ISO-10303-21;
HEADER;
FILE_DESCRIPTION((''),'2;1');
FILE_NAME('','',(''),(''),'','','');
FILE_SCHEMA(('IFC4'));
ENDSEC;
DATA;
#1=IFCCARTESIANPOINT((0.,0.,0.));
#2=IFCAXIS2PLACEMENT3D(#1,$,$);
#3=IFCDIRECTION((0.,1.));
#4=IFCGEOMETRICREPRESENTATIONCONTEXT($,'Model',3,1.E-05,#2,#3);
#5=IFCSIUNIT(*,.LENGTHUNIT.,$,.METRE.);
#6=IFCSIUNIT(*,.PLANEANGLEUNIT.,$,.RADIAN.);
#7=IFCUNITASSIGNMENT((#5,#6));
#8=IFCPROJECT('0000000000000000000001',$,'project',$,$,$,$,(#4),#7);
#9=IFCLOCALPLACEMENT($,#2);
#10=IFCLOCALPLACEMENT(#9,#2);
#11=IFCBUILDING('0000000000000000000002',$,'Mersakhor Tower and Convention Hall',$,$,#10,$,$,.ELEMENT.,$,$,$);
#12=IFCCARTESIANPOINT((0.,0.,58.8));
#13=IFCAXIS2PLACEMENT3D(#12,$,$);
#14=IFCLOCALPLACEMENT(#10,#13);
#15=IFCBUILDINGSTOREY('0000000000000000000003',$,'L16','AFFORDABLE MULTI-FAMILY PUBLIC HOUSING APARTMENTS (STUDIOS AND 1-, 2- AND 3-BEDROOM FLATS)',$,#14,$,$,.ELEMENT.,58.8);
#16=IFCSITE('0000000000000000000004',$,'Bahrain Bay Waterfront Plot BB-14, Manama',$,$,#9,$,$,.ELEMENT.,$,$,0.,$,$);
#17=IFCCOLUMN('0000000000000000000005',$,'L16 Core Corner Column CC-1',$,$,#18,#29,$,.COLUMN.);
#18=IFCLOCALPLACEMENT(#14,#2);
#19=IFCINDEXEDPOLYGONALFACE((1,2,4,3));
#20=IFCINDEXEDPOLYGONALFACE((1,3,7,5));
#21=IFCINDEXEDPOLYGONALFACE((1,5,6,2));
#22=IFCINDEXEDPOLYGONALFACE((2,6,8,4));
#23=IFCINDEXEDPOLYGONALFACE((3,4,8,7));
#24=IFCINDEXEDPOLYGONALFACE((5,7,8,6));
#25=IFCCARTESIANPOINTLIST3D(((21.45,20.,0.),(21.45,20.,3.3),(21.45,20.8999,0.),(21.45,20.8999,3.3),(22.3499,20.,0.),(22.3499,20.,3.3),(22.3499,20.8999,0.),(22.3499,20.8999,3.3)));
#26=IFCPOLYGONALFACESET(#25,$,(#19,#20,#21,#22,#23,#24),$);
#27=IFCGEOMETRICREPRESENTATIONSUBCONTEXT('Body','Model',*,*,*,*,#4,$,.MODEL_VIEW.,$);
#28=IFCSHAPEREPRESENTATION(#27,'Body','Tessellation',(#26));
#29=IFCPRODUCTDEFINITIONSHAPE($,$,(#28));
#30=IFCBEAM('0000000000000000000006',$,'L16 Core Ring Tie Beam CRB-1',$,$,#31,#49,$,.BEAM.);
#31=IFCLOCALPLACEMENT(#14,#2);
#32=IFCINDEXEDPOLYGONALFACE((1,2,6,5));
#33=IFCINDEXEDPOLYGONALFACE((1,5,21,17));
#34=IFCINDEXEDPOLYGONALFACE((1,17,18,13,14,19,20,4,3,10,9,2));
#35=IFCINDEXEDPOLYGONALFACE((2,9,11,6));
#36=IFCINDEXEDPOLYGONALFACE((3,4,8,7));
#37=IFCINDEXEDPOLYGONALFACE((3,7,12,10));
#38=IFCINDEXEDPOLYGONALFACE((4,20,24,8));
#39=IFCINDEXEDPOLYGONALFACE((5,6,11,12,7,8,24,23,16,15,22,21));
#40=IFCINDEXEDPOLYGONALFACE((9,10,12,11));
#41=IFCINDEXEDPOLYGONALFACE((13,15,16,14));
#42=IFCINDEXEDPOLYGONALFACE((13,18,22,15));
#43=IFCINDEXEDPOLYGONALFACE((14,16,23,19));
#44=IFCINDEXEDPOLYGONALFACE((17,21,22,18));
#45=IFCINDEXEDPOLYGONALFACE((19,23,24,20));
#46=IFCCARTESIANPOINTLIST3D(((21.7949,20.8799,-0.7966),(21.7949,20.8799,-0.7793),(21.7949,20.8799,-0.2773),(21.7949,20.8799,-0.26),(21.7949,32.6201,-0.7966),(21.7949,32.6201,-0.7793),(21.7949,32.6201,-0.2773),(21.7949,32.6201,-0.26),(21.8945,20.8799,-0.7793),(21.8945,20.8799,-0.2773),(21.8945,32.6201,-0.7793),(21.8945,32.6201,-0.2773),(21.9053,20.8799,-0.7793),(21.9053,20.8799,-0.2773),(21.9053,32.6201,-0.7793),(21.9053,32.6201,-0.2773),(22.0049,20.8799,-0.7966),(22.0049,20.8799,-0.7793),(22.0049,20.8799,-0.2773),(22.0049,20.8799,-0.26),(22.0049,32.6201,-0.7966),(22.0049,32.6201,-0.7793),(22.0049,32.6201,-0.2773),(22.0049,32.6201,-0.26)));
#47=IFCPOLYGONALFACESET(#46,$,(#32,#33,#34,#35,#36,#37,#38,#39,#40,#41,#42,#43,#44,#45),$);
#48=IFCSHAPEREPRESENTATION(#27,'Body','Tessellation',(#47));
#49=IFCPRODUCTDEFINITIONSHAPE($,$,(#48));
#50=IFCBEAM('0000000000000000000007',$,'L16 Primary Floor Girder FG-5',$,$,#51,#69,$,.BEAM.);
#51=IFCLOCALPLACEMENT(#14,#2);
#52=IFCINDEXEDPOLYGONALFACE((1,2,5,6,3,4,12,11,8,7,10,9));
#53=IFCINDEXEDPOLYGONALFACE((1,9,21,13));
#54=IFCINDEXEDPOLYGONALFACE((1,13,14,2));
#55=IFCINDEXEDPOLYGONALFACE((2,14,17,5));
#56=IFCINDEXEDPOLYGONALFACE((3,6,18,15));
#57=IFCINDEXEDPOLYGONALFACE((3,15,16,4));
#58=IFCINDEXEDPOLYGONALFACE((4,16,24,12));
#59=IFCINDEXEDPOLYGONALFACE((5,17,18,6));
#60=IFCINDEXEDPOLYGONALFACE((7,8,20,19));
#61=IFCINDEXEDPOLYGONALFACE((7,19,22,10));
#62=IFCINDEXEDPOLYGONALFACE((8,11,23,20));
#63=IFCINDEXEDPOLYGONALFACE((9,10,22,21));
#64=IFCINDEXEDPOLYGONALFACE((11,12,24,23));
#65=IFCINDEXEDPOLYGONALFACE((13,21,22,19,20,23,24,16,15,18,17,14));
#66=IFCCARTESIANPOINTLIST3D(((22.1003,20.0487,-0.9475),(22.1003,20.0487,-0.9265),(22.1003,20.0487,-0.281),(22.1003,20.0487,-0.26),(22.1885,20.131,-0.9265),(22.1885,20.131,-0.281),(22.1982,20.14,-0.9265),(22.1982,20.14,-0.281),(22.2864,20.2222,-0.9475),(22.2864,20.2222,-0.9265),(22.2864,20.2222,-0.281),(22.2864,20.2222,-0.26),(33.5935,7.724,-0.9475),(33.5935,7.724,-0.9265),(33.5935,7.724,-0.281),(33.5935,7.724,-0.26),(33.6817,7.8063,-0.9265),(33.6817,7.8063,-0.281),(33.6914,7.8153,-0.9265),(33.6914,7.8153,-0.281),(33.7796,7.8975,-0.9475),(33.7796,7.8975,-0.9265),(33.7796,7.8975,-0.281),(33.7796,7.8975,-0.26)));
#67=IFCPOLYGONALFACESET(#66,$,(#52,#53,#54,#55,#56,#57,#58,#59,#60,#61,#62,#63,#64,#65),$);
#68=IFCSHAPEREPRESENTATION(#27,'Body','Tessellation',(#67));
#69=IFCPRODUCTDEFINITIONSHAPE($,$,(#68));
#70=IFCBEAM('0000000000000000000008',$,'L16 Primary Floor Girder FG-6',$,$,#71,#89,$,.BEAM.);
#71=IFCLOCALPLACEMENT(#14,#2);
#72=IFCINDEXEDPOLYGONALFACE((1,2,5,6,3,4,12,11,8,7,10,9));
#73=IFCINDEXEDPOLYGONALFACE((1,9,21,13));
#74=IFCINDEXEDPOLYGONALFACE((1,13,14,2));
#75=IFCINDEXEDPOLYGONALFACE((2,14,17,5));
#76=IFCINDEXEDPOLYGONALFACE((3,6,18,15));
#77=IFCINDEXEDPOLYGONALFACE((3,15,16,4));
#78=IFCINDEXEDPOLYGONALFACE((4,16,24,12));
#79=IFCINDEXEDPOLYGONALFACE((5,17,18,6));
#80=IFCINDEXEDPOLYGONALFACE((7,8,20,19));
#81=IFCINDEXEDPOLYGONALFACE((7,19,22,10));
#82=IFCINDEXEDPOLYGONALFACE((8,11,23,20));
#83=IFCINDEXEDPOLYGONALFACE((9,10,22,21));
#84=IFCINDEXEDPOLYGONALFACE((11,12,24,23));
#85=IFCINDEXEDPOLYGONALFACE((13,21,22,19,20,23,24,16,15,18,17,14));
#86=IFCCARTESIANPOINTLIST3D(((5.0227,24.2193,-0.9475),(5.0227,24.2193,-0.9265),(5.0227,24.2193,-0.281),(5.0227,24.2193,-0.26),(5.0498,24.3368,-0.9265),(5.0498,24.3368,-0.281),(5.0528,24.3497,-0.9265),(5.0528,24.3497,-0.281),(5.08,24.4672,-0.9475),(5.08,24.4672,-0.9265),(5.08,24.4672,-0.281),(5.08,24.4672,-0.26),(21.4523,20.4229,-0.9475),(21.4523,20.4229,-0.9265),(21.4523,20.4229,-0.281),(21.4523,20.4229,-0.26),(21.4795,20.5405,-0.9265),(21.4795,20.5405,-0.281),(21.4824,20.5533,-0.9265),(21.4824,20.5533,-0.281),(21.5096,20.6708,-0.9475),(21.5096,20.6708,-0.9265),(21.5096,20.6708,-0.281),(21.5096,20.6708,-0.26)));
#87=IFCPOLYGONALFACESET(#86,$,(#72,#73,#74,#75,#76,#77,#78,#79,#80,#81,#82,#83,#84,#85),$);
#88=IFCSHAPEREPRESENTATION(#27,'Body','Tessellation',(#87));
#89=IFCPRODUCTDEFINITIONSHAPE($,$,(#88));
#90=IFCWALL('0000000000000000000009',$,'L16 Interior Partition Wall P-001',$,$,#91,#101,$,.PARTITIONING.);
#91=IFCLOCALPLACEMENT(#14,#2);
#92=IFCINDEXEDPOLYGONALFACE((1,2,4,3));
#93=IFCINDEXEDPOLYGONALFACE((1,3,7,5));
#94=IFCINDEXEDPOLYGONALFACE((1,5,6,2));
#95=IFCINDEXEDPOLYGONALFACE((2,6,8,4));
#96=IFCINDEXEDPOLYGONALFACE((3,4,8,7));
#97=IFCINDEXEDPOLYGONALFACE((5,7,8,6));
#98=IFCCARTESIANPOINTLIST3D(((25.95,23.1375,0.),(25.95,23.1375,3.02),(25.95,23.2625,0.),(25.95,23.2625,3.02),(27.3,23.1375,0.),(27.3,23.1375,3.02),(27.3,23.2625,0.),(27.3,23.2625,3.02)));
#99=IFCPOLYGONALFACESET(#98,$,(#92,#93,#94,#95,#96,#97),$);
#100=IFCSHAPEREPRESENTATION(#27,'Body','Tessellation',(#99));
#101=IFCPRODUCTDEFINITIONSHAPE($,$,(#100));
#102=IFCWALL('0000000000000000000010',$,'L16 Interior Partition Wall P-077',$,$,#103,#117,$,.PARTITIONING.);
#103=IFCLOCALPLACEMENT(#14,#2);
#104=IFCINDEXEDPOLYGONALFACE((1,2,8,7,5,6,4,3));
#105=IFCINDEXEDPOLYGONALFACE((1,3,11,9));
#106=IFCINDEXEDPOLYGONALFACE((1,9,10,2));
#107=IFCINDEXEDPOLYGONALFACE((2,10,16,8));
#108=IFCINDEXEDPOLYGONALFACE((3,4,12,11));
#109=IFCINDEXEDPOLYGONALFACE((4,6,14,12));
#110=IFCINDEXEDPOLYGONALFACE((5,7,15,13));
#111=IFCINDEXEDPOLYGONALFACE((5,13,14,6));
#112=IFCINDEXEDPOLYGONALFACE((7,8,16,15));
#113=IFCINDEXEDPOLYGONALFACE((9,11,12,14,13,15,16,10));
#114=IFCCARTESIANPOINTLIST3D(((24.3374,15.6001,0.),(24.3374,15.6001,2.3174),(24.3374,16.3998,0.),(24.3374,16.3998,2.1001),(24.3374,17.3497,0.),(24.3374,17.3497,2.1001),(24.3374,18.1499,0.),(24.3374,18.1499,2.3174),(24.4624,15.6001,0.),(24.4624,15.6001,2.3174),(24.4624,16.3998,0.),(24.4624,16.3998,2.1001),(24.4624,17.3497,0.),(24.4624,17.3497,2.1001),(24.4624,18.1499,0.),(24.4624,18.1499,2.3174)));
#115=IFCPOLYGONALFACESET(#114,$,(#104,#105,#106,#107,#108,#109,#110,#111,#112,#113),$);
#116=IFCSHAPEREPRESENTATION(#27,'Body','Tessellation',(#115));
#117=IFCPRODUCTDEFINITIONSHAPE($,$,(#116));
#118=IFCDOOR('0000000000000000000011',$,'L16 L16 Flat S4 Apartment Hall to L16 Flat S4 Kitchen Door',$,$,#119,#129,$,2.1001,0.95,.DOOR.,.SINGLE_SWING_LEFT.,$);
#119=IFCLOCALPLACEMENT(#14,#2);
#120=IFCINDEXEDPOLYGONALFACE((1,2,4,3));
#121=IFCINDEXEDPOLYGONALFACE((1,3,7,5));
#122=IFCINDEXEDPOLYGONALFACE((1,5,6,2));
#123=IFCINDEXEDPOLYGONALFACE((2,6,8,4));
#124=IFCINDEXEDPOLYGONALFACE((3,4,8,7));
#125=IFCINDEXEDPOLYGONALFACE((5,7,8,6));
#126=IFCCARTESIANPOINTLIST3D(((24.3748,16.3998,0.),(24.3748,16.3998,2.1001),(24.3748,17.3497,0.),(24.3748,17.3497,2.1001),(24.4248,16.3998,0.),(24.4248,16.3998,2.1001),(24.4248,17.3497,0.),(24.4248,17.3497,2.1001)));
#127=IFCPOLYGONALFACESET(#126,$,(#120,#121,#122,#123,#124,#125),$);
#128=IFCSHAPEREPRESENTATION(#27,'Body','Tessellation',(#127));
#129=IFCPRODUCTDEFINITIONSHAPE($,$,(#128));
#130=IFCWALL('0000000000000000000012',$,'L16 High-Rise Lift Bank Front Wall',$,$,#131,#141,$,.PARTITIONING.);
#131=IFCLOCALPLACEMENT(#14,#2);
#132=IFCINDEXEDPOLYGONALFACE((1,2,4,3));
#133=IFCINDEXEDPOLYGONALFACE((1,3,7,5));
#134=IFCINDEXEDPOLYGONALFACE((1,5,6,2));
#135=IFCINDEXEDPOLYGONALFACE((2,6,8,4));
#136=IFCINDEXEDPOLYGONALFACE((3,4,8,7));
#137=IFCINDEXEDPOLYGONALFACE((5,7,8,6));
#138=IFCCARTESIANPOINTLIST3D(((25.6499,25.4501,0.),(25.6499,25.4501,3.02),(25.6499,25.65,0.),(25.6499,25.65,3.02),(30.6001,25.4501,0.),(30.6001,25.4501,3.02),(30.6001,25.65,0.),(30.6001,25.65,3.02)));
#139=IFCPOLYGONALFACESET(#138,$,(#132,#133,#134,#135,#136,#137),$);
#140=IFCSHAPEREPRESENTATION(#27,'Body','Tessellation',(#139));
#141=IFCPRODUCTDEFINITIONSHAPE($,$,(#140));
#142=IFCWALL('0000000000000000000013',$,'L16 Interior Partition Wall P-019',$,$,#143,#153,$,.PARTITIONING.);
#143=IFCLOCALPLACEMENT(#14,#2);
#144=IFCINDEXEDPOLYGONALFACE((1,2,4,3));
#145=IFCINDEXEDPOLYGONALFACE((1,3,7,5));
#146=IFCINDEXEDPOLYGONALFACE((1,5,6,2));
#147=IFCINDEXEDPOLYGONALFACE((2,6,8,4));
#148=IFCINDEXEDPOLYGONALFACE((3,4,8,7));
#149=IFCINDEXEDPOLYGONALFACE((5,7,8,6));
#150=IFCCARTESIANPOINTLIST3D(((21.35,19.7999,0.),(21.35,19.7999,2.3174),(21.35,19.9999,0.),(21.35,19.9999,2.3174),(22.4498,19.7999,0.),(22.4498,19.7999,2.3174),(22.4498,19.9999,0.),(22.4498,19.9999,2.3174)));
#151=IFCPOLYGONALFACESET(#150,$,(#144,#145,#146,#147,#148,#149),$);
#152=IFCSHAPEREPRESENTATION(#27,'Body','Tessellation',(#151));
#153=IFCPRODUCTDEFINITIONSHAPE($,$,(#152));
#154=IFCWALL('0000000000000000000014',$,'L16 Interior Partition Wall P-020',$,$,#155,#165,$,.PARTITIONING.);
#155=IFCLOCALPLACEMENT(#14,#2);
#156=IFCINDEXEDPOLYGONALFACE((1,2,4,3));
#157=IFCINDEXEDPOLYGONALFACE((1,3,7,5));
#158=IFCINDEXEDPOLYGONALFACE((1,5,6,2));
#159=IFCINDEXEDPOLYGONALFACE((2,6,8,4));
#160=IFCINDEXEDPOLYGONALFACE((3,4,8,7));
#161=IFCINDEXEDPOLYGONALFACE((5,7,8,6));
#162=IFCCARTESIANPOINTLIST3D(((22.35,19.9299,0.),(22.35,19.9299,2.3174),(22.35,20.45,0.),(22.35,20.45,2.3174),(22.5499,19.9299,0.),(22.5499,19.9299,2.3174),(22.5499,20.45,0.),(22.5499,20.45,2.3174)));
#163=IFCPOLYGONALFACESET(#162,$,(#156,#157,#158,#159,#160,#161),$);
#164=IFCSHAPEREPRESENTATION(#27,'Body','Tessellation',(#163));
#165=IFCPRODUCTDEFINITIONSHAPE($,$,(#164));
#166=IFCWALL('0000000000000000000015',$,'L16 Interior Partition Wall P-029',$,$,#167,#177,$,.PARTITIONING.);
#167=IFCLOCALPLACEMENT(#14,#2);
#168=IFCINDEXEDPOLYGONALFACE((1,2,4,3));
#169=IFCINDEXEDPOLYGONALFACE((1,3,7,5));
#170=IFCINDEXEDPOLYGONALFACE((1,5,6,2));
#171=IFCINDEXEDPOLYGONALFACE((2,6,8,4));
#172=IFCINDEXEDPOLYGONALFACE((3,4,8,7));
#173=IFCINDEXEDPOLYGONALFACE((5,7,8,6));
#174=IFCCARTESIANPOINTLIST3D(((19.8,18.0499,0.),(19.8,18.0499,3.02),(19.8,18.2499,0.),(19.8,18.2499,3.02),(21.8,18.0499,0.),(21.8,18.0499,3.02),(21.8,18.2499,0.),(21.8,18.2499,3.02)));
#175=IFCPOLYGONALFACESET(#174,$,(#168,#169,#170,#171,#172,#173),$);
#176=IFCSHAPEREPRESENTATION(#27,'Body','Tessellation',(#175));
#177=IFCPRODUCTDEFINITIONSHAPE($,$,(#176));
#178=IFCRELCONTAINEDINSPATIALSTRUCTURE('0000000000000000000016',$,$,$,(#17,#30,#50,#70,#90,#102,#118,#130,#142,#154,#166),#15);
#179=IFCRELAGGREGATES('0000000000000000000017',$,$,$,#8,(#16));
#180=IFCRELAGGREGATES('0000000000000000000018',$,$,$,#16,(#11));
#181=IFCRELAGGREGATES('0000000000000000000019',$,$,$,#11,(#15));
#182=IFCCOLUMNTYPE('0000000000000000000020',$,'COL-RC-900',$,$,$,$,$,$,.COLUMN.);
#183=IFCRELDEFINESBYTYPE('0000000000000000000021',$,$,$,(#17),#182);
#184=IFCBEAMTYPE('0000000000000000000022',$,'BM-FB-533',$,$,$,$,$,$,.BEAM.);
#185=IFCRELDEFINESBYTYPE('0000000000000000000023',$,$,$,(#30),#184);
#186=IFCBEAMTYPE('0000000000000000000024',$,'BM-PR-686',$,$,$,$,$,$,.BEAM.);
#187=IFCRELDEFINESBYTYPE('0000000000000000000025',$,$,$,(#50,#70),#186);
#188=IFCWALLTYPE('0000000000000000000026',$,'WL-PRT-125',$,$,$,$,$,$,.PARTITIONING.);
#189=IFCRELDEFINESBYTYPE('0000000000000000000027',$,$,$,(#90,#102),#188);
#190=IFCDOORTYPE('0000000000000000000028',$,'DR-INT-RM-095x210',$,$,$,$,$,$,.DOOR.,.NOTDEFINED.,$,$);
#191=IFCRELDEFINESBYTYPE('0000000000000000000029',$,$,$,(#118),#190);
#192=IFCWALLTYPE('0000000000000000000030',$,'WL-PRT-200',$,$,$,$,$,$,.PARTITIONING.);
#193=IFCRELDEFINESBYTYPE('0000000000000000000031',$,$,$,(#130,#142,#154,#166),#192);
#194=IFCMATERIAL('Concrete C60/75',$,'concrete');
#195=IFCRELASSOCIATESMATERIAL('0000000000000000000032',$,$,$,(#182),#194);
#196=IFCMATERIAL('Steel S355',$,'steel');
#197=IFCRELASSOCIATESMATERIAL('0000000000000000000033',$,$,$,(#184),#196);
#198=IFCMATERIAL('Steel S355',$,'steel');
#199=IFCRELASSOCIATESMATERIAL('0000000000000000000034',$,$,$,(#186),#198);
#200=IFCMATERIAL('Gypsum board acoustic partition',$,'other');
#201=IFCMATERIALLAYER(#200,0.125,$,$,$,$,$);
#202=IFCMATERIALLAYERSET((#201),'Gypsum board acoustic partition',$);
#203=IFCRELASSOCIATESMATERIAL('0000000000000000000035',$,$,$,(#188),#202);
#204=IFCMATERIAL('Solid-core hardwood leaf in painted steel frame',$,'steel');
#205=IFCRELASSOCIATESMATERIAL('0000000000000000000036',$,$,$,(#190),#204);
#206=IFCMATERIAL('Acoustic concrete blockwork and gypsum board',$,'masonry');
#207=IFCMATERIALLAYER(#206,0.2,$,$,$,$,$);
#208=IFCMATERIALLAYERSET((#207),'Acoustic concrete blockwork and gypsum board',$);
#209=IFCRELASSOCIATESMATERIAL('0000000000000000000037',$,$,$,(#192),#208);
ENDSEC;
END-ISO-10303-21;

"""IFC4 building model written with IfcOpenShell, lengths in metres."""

from ifc_helpers import new_model, si_unit, direction, frame, frame_2d, origin, origin_2d, place, context, subcontext, project, spatial, rectangle, i_section, extrude, material, layer, layer_set, material_profile, profile_set, type_object, element, fill, save


model = new_model("IFC4")

# Units and contexts
model_context = context("Model", 3, precision=1e-05, world=origin(), true_north=direction((0.0, 1.0)))
body_context = subcontext(model_context, "Body", "Model", "MODEL_VIEW")
ifc_project = project(units=[si_unit("LENGTHUNIT", "METRE"), si_unit("PLANEANGLEUNIT", "RADIAN")], contexts=[model_context])

# Site, building, storey
site_placement = place(None, origin())
site = spatial("IfcSite", under=ifc_project, at=site_placement, Name="Bahrain Bay Waterfront Plot BB-14, Manama", CompositionType="ELEMENT", RefElevation=0.0)
building_placement = place(site_placement, origin())
building = spatial("IfcBuilding", under=site, at=building_placement, Name="Mersakhor Tower and Convention Hall", CompositionType="ELEMENT")
storey_placement = place(building_placement, frame((0.0, 0.0, 58.8)))
storey = spatial("IfcBuildingStorey", under=building, at=storey_placement, Name="L16", Description="AFFORDABLE MULTI-FAMILY PUBLIC HOUSING APARTMENTS (STUDIOS AND 1-, 2- AND 3-BEDROOM FLATS)", CompositionType="ELEMENT", Elevation=58.8)

# Column
ifc_material_1 = material(Name="Concrete C60/75", Category="concrete")
ifc_material_profile_1 = material_profile(ifc_material_1, rectangle(XDim=0.8999, YDim=0.8999, at=origin_2d()), Name="RC 900x900")
ifc_profile_set_1 = profile_set([ifc_material_profile_1], Name="Concrete C60/75")
column_type = type_object("IfcColumnType", Name="COL-RC-900", PredefinedType="COLUMN", material=ifc_profile_set_1)
column_placement = place(storey_placement, frame((21.8999, 20.45, 0.0), z_axis=(0.0, 0.0, 1.0), x_axis=(1.0, 0.0, 0.0)))
element("IfcColumn", 1, at=column_placement, inside=storey, type_object=column_type, Name="L16 Core Corner Column CC-1", PredefinedType="COLUMN", context=body_context, shape_type="SweptSolid", body=[
    extrude(rectangle(XDim=0.8999, YDim=0.8999, at=origin_2d()), origin(), (0.0, 0.0, 1.0), 3.3),
])

# Beams
ifc_material_2 = material(Name="Steel S355", Category="steel")
ifc_material_profile_2 = material_profile(ifc_material_2, i_section(OverallWidth=0.21, OverallDepth=0.5366, WebThickness=0.0107, FlangeThickness=0.0173, at=origin_2d()), Name="UB 533x210x101")
ifc_profile_set_2 = profile_set([ifc_material_profile_2], Name="Steel S355")
beam_type_1 = type_object("IfcBeamType", Name="BM-FB-533", PredefinedType="BEAM", material=ifc_profile_set_2)
beam_1_placement = place(storey_placement, frame((21.8999, 20.8799, -0.5283), z_axis=(0.0, 1.0, 0.0), x_axis=(-1.0, 0.0, 0.0)))
element("IfcBeam", 2, at=beam_1_placement, inside=storey, type_object=beam_type_1, Name="L16 Core Ring Tie Beam CRB-1", PredefinedType="BEAM", context=body_context, shape_type="SweptSolid", body=[
    extrude(i_section(OverallWidth=0.21, OverallDepth=0.5366, WebThickness=0.0107, FlangeThickness=0.0173, at=origin_2d()), origin(), (0.0, 0.0, 1.0), 11.7402),
])
ifc_material_3 = material(Name="Steel S355", Category="steel")
ifc_material_profile_3 = material_profile(ifc_material_3, i_section(OverallWidth=0.2544, OverallDepth=0.6875, WebThickness=0.0132, FlangeThickness=0.021, at=origin_2d()), Name="UB 686x254x152")
ifc_profile_set_3 = profile_set([ifc_material_profile_3], Name="Steel S355")
beam_type_2 = type_object("IfcBeamType", Name="BM-PR-686", PredefinedType="BEAM", material=ifc_profile_set_3)
beam_2_placement = place(storey_placement, frame((22.1934, 20.1355, -0.6038), z_axis=(0.682004, -0.731348, 0.0), x_axis=(0.731348, 0.682004, 0.0)))
element("IfcBeam", 3, at=beam_2_placement, inside=storey, type_object=beam_type_2, Name="L16 Primary Floor Girder FG-5", PredefinedType="BEAM", context=body_context, shape_type="SweptSolid", body=[
    extrude(i_section(OverallWidth=0.2544, OverallDepth=0.6875, WebThickness=0.0132, FlangeThickness=0.021, at=origin_2d()), origin(), (0.0, 0.0, 1.0), 16.8521),
])
beam_3_placement = place(storey_placement, frame((21.481, 20.5469, -0.6038), z_axis=(-0.974327, 0.225137, 0.0), x_axis=(-0.225137, -0.974327, 0.0)))
element("IfcBeam", 4, at=beam_3_placement, inside=storey, type_object=beam_type_2, Name="L16 Primary Floor Girder FG-6", PredefinedType="BEAM", context=body_context, shape_type="SweptSolid", body=[
    extrude(i_section(OverallWidth=0.2544, OverallDepth=0.6875, WebThickness=0.0132, FlangeThickness=0.021, at=origin_2d()), origin(), (0.0, 0.0, 1.0), 16.8625),
])

# Wall
ifc_material_4 = material(Name="Gypsum board acoustic partition", Category="other")
ifc_layer_1 = layer(ifc_material_4, 0.125)
ifc_layer_set_1 = layer_set([ifc_layer_1], Name="Gypsum board acoustic partition")
wall_type_1 = type_object("IfcWallType", Name="WL-PRT-125", PredefinedType="PARTITIONING", material=ifc_layer_set_1)
wall_1_placement = place(storey_placement, frame((25.95, 23.2, 0.0), z_axis=(0.0, 0.0, 1.0), x_axis=(1.0, 0.0, 0.0)))
element("IfcWall", 5, at=wall_1_placement, inside=storey, type_object=wall_type_1, Name="L16 Interior Partition Wall P-001", PredefinedType="PARTITIONING", context=body_context, shape_type="SweptSolid", body=[
    extrude(rectangle(XDim=1.3501, YDim=0.125, at=frame_2d((0.675, 0.0))), origin(), (0.0, 0.0, 1.0), 3.02),
])

# Wall, opening, door
wall_2_placement = place(storey_placement, frame((24.3999, 18.1499, 0.0), z_axis=(0.0, 0.0, 1.0), x_axis=(0.0, -1.0, 0.0)))
wall_2 = element("IfcWall", 6, at=wall_2_placement, inside=storey, type_object=wall_type_1, Name="L16 Interior Partition Wall P-077", PredefinedType="PARTITIONING", context=body_context, shape_type="SweptSolid", body=[
    extrude(rectangle(XDim=2.5498, YDim=0.125, at=frame_2d((1.2749, 0.0))), origin(), (0.0, 0.0, 1.0), 2.3174),
])
opening_1_placement = place(wall_2_placement, frame((0.8, 0.0, 0.0)))
opening_1 = element("IfcOpeningElement", 7, at=opening_1_placement, cuts=wall_2, PredefinedType="OPENING", context=body_context, shape_type="SweptSolid", body=[
    extrude(rectangle(XDim=0.95, YDim=2.1001, at=frame_2d((0.4751, 1.05))), frame((0.0, 0.0725, 0.0), z_axis=(0.0, -1.0, 0.0), x_axis=(1.0, 0.0, 0.0)), (0.0, 0.0, 1.0), 0.145),
])
ifc_material_5 = material(Name="Solid-core hardwood leaf in painted steel frame", Category="steel")
door_type_1 = type_object("IfcDoorType", Name="DR-INT-RM-095x210", OperationType="NOTDEFINED", PredefinedType="DOOR", material=ifc_material_5)
door_1_placement = place(opening_1_placement, origin())
door_1 = element("IfcDoor", 8, at=door_1_placement, inside=storey, type_object=door_type_1, Name="L16 L16 Flat S4 Apartment Hall to L16 Flat S4 Kitchen Door", OperationType="SINGLE_SWING_LEFT", OverallHeight=2.1001, OverallWidth=0.95, PredefinedType="DOOR", context=body_context, shape_type="SweptSolid", body=[
    extrude(rectangle(XDim=0.95, YDim=2.1001, at=frame_2d((0.4751, 1.05))), frame((0.0, 0.0249, 0.0), z_axis=(0.0, -1.0, 0.0), x_axis=(1.0, 0.0, 0.0)), (0.0, 0.0, 1.0), 0.05),
])
fill(opening_1, door_1)

# Walls
ifc_material_6 = material(Name="Acoustic concrete blockwork and gypsum board", Category="masonry")
ifc_layer_2 = layer(ifc_material_6, 0.2)
ifc_layer_set_2 = layer_set([ifc_layer_2], Name="Acoustic concrete blockwork and gypsum board")
wall_type_2 = type_object("IfcWallType", Name="WL-PRT-200", PredefinedType="PARTITIONING", material=ifc_layer_set_2)
wall_3_placement = place(storey_placement, frame((25.6499, 25.55, 0.0), z_axis=(0.0, 0.0, 1.0), x_axis=(1.0, 0.0, 0.0)))
element("IfcWall", 9, at=wall_3_placement, inside=storey, type_object=wall_type_2, Name="L16 High-Rise Lift Bank Front Wall", PredefinedType="PARTITIONING", context=body_context, shape_type="SweptSolid", body=[
    extrude(rectangle(XDim=4.9502, YDim=0.2, at=frame_2d((2.4751, 0.0))), origin(), (0.0, 0.0, 1.0), 3.02),
])
wall_4_placement = place(storey_placement, frame((21.3501, 19.8999, 0.0), z_axis=(0.0, 0.0, 1.0), x_axis=(1.0, 0.0, 0.0)))
element("IfcWall", 10, at=wall_4_placement, inside=storey, type_object=wall_type_2, Name="L16 Interior Partition Wall P-019", PredefinedType="PARTITIONING", context=body_context, shape_type="SweptSolid", body=[
    extrude(rectangle(XDim=1.0999, YDim=0.2, at=frame_2d((0.5498, 0.0))), origin(), (0.0, 0.0, 1.0), 2.3174),
])
wall_5_placement = place(storey_placement, frame((22.45, 19.9299, 0.0), z_axis=(0.0, 0.0, 1.0), x_axis=(0.0, 1.0, 0.0)))
element("IfcWall", 11, at=wall_5_placement, inside=storey, type_object=wall_type_2, Name="L16 Interior Partition Wall P-020", PredefinedType="PARTITIONING", context=body_context, shape_type="SweptSolid", body=[
    extrude(rectangle(XDim=0.52, YDim=0.2, at=frame_2d((0.26, 0.0))), origin(), (0.0, 0.0, 1.0), 2.3174),
])

# Wall
wall_6_placement = place(storey_placement, frame((21.8, 18.1499, 0.0), z_axis=(0.0, 0.0, 1.0), x_axis=(-1.0, 0.0, 0.0)))
element("IfcWall", 12, at=wall_6_placement, inside=storey, type_object=wall_type_2, Name="L16 Interior Partition Wall P-029", PredefinedType="PARTITIONING", context=body_context, shape_type="SweptSolid", body=[
    extrude(rectangle(XDim=2.0, YDim=0.2, at=frame_2d((1.0, 0.0))), origin(), (0.0, 0.0, 1.0), 3.02),
])

save(model, "model.ifc")
